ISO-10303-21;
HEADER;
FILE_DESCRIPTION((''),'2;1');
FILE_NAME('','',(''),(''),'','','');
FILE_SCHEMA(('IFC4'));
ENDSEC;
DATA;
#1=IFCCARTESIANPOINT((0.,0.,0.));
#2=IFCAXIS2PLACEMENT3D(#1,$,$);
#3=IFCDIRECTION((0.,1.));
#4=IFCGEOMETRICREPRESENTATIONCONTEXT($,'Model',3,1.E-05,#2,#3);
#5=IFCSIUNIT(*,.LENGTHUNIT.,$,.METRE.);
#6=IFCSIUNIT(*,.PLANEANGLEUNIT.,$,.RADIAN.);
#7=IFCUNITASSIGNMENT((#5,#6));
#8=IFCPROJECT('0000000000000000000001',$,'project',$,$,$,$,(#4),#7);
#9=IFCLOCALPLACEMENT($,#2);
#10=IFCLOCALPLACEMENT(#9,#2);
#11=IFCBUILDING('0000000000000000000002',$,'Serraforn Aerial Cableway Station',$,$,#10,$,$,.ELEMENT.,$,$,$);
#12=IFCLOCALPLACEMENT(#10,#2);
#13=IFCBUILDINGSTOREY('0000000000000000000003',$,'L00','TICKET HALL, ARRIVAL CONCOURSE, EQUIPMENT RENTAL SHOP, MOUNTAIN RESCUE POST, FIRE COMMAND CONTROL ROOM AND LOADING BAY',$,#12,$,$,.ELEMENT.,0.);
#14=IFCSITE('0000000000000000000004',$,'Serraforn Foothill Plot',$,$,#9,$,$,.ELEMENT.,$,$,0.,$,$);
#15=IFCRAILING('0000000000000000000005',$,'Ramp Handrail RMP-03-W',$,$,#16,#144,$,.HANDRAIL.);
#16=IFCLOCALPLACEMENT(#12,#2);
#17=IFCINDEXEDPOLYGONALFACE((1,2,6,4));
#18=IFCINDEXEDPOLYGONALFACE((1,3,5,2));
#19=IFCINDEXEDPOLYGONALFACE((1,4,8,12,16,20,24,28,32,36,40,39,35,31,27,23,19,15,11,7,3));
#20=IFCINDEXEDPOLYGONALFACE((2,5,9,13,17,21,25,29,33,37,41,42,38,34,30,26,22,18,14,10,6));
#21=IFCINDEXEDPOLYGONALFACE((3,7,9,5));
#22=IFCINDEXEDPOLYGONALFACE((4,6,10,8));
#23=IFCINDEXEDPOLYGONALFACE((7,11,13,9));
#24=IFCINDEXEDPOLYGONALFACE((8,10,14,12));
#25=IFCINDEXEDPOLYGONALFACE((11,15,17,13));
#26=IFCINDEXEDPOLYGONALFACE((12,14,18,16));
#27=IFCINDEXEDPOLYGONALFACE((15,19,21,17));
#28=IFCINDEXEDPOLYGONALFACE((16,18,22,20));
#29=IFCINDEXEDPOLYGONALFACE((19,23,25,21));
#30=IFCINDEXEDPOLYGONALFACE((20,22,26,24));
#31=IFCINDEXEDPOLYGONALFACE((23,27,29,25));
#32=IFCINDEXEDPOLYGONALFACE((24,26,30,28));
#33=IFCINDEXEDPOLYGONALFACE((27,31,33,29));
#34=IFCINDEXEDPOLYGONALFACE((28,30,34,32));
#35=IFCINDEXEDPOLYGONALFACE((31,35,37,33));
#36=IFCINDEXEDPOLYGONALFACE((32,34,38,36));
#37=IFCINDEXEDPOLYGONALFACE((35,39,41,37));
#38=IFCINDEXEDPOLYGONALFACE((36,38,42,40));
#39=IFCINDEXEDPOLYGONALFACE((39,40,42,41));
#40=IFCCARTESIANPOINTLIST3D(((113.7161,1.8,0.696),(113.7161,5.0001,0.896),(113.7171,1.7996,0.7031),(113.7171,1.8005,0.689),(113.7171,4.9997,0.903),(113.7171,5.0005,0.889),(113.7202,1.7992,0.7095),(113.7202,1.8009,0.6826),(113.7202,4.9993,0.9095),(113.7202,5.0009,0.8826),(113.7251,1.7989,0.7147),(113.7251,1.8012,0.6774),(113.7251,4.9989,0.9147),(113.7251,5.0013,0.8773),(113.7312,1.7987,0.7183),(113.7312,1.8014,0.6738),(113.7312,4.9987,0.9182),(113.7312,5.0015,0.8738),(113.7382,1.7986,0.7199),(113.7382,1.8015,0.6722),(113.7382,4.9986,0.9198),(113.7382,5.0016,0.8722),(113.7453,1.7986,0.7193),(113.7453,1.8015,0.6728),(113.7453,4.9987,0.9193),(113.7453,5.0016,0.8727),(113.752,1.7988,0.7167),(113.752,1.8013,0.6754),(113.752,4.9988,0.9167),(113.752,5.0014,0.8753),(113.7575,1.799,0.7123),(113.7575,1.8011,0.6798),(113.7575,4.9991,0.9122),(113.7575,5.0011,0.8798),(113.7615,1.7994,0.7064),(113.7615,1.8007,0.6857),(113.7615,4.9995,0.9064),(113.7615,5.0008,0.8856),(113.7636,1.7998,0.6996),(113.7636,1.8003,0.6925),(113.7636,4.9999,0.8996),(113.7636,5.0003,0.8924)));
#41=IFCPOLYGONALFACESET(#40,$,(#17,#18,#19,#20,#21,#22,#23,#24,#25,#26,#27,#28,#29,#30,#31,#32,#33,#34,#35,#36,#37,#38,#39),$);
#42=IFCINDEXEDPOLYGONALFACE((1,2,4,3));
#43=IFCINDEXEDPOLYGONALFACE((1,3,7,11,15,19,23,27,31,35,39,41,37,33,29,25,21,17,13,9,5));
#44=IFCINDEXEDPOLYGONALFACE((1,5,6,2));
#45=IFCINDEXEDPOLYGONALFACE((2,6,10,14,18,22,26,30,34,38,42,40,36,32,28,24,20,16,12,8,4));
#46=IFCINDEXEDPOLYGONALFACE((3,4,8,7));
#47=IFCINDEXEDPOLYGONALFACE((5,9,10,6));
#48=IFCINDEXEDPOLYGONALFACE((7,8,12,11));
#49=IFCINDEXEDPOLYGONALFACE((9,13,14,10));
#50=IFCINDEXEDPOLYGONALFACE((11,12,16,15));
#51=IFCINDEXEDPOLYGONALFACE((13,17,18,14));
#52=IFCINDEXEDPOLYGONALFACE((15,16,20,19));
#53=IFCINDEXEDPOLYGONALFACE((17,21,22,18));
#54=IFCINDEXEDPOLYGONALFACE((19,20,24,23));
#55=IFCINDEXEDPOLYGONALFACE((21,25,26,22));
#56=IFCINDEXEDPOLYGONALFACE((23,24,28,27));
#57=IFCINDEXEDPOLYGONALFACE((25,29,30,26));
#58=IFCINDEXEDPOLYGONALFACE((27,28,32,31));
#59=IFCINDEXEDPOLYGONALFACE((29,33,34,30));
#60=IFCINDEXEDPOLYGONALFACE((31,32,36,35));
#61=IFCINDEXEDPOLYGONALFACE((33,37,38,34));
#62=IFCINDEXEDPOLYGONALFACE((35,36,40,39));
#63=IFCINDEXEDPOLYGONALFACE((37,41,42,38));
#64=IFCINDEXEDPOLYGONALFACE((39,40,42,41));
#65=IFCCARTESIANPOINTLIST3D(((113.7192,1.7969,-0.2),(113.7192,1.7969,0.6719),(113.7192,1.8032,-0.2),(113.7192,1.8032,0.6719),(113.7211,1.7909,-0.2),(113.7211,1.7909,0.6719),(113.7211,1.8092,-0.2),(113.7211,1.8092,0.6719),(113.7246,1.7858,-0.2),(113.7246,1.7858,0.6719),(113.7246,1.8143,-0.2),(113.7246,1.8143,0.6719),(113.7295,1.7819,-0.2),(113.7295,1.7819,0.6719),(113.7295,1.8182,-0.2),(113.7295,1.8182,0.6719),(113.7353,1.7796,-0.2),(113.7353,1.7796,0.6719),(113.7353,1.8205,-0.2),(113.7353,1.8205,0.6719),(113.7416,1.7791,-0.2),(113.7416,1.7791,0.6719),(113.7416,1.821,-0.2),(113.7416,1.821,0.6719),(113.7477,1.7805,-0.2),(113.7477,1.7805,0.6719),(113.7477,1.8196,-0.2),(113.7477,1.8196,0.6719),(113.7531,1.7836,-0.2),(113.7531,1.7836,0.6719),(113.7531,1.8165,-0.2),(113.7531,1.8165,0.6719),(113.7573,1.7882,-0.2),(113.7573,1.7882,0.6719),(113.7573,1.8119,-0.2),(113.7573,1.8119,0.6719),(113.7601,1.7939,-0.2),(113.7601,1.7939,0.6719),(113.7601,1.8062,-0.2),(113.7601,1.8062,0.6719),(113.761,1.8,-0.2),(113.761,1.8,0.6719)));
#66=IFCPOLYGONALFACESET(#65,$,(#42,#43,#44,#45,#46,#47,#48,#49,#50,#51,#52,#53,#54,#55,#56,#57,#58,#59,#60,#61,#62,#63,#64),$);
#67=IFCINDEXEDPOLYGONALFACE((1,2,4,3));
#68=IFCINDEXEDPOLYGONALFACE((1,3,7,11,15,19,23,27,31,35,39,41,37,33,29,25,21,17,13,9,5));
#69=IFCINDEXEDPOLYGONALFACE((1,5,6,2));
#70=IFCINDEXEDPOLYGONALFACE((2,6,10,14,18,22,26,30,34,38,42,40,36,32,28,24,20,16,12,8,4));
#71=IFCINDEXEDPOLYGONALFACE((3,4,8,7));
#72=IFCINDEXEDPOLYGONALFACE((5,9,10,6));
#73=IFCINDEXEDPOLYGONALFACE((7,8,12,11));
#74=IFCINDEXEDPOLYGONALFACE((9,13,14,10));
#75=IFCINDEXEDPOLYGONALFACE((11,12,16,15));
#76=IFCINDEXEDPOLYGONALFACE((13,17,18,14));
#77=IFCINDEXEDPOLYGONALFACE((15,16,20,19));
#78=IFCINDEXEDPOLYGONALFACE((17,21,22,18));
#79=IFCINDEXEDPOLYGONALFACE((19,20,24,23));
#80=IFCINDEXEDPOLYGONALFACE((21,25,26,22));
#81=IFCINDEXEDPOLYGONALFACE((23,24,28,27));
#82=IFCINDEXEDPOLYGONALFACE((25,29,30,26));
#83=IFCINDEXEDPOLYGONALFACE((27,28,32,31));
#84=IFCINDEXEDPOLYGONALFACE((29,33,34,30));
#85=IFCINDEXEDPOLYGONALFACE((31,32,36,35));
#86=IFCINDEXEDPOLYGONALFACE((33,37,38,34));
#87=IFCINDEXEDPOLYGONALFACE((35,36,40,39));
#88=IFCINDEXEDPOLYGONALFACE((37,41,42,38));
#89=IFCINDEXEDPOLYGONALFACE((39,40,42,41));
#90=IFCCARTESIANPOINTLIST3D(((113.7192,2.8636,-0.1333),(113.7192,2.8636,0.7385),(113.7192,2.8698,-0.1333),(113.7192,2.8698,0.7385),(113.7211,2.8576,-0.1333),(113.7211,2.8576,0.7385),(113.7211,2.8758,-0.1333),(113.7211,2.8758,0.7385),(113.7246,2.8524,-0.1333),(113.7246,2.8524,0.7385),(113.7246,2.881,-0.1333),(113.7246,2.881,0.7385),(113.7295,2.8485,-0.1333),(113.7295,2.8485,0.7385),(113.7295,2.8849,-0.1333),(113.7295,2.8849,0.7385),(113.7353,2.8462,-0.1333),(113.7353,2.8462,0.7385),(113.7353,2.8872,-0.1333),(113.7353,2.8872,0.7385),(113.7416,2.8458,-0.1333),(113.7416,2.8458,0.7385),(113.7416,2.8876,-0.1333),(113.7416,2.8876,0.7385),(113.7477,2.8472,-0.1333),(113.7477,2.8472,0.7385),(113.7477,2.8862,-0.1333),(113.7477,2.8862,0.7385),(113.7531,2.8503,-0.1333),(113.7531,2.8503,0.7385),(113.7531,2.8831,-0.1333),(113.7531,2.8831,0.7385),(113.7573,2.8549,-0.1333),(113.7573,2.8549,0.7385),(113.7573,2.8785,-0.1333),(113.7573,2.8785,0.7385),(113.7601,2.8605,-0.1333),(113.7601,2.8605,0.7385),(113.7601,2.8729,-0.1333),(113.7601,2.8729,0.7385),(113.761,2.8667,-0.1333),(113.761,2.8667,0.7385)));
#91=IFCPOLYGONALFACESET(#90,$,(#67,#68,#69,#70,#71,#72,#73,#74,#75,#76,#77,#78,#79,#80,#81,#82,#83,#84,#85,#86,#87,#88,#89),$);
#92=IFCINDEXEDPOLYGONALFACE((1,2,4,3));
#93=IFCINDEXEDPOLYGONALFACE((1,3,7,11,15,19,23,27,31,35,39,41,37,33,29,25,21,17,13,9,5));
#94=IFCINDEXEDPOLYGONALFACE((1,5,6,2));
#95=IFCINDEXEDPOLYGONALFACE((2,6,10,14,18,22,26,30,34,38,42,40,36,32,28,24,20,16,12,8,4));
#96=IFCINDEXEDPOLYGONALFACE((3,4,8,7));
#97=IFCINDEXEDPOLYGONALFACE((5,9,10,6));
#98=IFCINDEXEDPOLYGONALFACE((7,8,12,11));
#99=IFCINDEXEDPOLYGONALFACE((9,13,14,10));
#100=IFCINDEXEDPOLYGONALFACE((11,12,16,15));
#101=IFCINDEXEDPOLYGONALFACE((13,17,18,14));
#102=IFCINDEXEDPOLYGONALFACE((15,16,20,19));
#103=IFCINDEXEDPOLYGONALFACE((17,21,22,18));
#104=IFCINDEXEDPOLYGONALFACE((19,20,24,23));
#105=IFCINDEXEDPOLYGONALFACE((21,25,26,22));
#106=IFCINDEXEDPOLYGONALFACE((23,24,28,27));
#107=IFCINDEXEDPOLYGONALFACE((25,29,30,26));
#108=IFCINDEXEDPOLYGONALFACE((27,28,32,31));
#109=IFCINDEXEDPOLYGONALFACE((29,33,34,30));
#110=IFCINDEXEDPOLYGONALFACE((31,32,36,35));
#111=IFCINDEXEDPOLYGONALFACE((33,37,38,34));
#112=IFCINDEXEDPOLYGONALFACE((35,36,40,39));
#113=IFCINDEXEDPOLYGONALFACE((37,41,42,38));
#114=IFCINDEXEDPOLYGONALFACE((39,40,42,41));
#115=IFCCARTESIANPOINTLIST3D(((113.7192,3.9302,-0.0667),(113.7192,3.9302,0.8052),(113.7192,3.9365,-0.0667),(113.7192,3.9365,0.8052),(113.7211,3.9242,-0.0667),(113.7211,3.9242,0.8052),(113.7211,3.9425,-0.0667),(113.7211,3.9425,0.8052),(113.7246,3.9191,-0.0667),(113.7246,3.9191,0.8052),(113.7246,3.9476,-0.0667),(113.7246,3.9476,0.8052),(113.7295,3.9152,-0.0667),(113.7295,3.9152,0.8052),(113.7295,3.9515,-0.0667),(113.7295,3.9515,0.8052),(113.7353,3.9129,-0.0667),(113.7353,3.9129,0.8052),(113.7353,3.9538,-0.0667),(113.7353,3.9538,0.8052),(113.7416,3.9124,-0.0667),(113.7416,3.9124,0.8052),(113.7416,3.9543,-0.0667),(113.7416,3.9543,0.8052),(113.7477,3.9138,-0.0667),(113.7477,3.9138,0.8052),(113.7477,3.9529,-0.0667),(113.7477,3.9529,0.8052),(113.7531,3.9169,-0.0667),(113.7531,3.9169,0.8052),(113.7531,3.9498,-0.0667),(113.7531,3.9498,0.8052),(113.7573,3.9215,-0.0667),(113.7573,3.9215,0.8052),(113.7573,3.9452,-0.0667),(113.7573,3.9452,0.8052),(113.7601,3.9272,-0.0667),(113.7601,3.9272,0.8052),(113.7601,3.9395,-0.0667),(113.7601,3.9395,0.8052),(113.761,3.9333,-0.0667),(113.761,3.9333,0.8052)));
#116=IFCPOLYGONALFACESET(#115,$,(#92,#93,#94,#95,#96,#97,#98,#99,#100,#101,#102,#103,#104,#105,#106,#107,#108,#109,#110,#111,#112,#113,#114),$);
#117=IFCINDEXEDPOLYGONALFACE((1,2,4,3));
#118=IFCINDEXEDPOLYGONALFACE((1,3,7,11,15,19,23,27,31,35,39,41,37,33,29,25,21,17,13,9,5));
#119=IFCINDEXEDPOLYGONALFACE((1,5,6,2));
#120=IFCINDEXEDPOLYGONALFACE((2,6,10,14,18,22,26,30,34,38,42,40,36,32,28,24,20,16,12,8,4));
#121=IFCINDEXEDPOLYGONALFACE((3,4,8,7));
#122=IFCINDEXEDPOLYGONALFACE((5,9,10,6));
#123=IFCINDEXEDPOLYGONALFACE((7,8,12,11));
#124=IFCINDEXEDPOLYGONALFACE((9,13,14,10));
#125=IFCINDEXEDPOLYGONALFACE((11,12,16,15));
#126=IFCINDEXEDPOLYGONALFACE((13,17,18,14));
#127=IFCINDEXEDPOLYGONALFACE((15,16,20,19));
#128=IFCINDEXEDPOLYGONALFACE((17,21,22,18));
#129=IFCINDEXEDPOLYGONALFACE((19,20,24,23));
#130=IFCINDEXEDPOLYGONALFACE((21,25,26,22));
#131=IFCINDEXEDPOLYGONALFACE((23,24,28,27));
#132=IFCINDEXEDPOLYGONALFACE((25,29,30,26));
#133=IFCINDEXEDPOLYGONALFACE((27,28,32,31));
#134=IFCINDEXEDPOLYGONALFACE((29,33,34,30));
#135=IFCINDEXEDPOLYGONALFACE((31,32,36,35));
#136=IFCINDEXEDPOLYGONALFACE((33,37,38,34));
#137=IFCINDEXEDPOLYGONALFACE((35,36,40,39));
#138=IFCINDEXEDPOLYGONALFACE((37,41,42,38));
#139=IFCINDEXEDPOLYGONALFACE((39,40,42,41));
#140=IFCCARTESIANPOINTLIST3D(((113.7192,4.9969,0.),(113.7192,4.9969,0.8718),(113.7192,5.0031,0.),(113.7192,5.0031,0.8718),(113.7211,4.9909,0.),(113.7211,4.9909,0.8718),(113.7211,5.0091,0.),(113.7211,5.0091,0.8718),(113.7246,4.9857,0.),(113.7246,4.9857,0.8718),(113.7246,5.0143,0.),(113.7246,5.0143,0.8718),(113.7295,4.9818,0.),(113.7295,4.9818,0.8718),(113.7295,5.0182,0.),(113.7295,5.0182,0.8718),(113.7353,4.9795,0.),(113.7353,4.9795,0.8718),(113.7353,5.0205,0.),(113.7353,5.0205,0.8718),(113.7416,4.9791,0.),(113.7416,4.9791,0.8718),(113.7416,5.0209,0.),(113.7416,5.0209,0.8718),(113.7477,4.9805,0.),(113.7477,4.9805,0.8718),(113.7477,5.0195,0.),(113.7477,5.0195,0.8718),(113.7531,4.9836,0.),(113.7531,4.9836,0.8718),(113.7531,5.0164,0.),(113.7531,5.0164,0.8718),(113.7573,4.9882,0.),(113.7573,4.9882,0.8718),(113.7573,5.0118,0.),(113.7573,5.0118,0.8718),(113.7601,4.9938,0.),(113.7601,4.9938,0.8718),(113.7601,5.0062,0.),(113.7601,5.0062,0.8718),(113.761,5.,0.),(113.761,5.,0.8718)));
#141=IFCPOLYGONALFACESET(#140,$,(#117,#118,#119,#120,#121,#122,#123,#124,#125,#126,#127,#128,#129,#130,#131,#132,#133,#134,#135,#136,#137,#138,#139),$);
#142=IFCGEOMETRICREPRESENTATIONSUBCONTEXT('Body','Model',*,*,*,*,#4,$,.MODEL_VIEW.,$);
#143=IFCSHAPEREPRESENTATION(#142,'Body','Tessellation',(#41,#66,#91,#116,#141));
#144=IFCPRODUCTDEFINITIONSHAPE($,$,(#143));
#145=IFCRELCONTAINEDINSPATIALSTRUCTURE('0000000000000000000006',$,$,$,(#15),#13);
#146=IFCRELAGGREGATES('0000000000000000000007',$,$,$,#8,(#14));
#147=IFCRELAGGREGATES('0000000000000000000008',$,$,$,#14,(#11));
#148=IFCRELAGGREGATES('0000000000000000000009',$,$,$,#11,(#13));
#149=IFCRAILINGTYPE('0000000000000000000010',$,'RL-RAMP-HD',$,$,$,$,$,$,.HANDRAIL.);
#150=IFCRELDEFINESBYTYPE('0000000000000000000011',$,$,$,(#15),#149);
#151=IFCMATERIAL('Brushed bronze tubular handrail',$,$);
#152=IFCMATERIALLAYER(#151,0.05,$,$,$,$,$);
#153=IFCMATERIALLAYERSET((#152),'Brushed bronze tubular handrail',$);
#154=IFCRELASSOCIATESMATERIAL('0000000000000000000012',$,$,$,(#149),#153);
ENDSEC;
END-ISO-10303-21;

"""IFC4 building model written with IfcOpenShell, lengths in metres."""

from ifc_helpers import new_model, si_unit, direction, frame, origin, origin_2d, place, context, subcontext, project, spatial, circle, extrude, material, layer, layer_set, type_object, element, save


model = new_model("IFC4")

# Units and contexts
model_context = context("Model", 3, precision=1e-05, world=origin(), true_north=direction((0.0, 1.0)))
body_context = subcontext(model_context, "Body", "Model", "MODEL_VIEW")
ifc_project = project(units=[si_unit("LENGTHUNIT", "METRE"), si_unit("PLANEANGLEUNIT", "RADIAN")], contexts=[model_context])

# Site, building, storey
site_placement = place(None, origin())
site = spatial("IfcSite", under=ifc_project, at=site_placement, Name="Serraforn Foothill Plot", CompositionType="ELEMENT", RefElevation=0.0)
building_placement = place(site_placement, origin())
building = spatial("IfcBuilding", under=site, at=building_placement, Name="Serraforn Aerial Cableway Station", CompositionType="ELEMENT")
storey_placement = place(building_placement, origin())
storey = spatial("IfcBuildingStorey", under=building, at=storey_placement, Name="L00", Description="TICKET HALL, ARRIVAL CONCOURSE, EQUIPMENT RENTAL SHOP, MOUNTAIN RESCUE POST, FIRE COMMAND CONTROL ROOM AND LOADING BAY", CompositionType="ELEMENT", Elevation=0.0)

# Railing
ifc_material_1 = material(Name="Brushed bronze tubular handrail")
ifc_layer = layer(ifc_material_1, 0.05)
ifc_layer_set = layer_set([ifc_layer], Name="Brushed bronze tubular handrail")
railing_type = type_object("IfcRailingType", Name="RL-RAMP-HD", PredefinedType="HANDRAIL", material=ifc_layer_set)
for number, where, name in (
    (1, (113.74, 1.8, -0.2), "Ramp Handrail RMP-03-W"),
):
    element("IfcRailing", number, at=place(storey_placement, frame(where)), inside=storey, type_object=railing_type, Name=name, PredefinedType="HANDRAIL", context=body_context, shape_type="SweptSolid", body=[
        extrude(circle(Radius=0.0239, at=origin_2d()), frame((0.0, 0.0, 0.896), z_axis=(0.0, 0.998053, 0.062364), x_axis=(-1.0, 0.0, 0.0)), (0.0, 0.0, 1.0), 3.2063),
        extrude(circle(Radius=0.021, at=origin_2d()), origin(), (0.0, 0.0, 1.0), 0.8718),
        extrude(circle(Radius=0.021, at=origin_2d()), frame((0.0, 1.0667, 0.0667)), (0.0, 0.0, 1.0), 0.8718),
        extrude(circle(Radius=0.021, at=origin_2d()), frame((0.0, 2.1333, 0.1333)), (0.0, 0.0, 1.0), 0.8718),
        extrude(circle(Radius=0.021, at=origin_2d()), frame((0.0, 3.2, 0.2)), (0.0, 0.0, 1.0), 0.8718),
    ])

save(model, "model.ifc")
